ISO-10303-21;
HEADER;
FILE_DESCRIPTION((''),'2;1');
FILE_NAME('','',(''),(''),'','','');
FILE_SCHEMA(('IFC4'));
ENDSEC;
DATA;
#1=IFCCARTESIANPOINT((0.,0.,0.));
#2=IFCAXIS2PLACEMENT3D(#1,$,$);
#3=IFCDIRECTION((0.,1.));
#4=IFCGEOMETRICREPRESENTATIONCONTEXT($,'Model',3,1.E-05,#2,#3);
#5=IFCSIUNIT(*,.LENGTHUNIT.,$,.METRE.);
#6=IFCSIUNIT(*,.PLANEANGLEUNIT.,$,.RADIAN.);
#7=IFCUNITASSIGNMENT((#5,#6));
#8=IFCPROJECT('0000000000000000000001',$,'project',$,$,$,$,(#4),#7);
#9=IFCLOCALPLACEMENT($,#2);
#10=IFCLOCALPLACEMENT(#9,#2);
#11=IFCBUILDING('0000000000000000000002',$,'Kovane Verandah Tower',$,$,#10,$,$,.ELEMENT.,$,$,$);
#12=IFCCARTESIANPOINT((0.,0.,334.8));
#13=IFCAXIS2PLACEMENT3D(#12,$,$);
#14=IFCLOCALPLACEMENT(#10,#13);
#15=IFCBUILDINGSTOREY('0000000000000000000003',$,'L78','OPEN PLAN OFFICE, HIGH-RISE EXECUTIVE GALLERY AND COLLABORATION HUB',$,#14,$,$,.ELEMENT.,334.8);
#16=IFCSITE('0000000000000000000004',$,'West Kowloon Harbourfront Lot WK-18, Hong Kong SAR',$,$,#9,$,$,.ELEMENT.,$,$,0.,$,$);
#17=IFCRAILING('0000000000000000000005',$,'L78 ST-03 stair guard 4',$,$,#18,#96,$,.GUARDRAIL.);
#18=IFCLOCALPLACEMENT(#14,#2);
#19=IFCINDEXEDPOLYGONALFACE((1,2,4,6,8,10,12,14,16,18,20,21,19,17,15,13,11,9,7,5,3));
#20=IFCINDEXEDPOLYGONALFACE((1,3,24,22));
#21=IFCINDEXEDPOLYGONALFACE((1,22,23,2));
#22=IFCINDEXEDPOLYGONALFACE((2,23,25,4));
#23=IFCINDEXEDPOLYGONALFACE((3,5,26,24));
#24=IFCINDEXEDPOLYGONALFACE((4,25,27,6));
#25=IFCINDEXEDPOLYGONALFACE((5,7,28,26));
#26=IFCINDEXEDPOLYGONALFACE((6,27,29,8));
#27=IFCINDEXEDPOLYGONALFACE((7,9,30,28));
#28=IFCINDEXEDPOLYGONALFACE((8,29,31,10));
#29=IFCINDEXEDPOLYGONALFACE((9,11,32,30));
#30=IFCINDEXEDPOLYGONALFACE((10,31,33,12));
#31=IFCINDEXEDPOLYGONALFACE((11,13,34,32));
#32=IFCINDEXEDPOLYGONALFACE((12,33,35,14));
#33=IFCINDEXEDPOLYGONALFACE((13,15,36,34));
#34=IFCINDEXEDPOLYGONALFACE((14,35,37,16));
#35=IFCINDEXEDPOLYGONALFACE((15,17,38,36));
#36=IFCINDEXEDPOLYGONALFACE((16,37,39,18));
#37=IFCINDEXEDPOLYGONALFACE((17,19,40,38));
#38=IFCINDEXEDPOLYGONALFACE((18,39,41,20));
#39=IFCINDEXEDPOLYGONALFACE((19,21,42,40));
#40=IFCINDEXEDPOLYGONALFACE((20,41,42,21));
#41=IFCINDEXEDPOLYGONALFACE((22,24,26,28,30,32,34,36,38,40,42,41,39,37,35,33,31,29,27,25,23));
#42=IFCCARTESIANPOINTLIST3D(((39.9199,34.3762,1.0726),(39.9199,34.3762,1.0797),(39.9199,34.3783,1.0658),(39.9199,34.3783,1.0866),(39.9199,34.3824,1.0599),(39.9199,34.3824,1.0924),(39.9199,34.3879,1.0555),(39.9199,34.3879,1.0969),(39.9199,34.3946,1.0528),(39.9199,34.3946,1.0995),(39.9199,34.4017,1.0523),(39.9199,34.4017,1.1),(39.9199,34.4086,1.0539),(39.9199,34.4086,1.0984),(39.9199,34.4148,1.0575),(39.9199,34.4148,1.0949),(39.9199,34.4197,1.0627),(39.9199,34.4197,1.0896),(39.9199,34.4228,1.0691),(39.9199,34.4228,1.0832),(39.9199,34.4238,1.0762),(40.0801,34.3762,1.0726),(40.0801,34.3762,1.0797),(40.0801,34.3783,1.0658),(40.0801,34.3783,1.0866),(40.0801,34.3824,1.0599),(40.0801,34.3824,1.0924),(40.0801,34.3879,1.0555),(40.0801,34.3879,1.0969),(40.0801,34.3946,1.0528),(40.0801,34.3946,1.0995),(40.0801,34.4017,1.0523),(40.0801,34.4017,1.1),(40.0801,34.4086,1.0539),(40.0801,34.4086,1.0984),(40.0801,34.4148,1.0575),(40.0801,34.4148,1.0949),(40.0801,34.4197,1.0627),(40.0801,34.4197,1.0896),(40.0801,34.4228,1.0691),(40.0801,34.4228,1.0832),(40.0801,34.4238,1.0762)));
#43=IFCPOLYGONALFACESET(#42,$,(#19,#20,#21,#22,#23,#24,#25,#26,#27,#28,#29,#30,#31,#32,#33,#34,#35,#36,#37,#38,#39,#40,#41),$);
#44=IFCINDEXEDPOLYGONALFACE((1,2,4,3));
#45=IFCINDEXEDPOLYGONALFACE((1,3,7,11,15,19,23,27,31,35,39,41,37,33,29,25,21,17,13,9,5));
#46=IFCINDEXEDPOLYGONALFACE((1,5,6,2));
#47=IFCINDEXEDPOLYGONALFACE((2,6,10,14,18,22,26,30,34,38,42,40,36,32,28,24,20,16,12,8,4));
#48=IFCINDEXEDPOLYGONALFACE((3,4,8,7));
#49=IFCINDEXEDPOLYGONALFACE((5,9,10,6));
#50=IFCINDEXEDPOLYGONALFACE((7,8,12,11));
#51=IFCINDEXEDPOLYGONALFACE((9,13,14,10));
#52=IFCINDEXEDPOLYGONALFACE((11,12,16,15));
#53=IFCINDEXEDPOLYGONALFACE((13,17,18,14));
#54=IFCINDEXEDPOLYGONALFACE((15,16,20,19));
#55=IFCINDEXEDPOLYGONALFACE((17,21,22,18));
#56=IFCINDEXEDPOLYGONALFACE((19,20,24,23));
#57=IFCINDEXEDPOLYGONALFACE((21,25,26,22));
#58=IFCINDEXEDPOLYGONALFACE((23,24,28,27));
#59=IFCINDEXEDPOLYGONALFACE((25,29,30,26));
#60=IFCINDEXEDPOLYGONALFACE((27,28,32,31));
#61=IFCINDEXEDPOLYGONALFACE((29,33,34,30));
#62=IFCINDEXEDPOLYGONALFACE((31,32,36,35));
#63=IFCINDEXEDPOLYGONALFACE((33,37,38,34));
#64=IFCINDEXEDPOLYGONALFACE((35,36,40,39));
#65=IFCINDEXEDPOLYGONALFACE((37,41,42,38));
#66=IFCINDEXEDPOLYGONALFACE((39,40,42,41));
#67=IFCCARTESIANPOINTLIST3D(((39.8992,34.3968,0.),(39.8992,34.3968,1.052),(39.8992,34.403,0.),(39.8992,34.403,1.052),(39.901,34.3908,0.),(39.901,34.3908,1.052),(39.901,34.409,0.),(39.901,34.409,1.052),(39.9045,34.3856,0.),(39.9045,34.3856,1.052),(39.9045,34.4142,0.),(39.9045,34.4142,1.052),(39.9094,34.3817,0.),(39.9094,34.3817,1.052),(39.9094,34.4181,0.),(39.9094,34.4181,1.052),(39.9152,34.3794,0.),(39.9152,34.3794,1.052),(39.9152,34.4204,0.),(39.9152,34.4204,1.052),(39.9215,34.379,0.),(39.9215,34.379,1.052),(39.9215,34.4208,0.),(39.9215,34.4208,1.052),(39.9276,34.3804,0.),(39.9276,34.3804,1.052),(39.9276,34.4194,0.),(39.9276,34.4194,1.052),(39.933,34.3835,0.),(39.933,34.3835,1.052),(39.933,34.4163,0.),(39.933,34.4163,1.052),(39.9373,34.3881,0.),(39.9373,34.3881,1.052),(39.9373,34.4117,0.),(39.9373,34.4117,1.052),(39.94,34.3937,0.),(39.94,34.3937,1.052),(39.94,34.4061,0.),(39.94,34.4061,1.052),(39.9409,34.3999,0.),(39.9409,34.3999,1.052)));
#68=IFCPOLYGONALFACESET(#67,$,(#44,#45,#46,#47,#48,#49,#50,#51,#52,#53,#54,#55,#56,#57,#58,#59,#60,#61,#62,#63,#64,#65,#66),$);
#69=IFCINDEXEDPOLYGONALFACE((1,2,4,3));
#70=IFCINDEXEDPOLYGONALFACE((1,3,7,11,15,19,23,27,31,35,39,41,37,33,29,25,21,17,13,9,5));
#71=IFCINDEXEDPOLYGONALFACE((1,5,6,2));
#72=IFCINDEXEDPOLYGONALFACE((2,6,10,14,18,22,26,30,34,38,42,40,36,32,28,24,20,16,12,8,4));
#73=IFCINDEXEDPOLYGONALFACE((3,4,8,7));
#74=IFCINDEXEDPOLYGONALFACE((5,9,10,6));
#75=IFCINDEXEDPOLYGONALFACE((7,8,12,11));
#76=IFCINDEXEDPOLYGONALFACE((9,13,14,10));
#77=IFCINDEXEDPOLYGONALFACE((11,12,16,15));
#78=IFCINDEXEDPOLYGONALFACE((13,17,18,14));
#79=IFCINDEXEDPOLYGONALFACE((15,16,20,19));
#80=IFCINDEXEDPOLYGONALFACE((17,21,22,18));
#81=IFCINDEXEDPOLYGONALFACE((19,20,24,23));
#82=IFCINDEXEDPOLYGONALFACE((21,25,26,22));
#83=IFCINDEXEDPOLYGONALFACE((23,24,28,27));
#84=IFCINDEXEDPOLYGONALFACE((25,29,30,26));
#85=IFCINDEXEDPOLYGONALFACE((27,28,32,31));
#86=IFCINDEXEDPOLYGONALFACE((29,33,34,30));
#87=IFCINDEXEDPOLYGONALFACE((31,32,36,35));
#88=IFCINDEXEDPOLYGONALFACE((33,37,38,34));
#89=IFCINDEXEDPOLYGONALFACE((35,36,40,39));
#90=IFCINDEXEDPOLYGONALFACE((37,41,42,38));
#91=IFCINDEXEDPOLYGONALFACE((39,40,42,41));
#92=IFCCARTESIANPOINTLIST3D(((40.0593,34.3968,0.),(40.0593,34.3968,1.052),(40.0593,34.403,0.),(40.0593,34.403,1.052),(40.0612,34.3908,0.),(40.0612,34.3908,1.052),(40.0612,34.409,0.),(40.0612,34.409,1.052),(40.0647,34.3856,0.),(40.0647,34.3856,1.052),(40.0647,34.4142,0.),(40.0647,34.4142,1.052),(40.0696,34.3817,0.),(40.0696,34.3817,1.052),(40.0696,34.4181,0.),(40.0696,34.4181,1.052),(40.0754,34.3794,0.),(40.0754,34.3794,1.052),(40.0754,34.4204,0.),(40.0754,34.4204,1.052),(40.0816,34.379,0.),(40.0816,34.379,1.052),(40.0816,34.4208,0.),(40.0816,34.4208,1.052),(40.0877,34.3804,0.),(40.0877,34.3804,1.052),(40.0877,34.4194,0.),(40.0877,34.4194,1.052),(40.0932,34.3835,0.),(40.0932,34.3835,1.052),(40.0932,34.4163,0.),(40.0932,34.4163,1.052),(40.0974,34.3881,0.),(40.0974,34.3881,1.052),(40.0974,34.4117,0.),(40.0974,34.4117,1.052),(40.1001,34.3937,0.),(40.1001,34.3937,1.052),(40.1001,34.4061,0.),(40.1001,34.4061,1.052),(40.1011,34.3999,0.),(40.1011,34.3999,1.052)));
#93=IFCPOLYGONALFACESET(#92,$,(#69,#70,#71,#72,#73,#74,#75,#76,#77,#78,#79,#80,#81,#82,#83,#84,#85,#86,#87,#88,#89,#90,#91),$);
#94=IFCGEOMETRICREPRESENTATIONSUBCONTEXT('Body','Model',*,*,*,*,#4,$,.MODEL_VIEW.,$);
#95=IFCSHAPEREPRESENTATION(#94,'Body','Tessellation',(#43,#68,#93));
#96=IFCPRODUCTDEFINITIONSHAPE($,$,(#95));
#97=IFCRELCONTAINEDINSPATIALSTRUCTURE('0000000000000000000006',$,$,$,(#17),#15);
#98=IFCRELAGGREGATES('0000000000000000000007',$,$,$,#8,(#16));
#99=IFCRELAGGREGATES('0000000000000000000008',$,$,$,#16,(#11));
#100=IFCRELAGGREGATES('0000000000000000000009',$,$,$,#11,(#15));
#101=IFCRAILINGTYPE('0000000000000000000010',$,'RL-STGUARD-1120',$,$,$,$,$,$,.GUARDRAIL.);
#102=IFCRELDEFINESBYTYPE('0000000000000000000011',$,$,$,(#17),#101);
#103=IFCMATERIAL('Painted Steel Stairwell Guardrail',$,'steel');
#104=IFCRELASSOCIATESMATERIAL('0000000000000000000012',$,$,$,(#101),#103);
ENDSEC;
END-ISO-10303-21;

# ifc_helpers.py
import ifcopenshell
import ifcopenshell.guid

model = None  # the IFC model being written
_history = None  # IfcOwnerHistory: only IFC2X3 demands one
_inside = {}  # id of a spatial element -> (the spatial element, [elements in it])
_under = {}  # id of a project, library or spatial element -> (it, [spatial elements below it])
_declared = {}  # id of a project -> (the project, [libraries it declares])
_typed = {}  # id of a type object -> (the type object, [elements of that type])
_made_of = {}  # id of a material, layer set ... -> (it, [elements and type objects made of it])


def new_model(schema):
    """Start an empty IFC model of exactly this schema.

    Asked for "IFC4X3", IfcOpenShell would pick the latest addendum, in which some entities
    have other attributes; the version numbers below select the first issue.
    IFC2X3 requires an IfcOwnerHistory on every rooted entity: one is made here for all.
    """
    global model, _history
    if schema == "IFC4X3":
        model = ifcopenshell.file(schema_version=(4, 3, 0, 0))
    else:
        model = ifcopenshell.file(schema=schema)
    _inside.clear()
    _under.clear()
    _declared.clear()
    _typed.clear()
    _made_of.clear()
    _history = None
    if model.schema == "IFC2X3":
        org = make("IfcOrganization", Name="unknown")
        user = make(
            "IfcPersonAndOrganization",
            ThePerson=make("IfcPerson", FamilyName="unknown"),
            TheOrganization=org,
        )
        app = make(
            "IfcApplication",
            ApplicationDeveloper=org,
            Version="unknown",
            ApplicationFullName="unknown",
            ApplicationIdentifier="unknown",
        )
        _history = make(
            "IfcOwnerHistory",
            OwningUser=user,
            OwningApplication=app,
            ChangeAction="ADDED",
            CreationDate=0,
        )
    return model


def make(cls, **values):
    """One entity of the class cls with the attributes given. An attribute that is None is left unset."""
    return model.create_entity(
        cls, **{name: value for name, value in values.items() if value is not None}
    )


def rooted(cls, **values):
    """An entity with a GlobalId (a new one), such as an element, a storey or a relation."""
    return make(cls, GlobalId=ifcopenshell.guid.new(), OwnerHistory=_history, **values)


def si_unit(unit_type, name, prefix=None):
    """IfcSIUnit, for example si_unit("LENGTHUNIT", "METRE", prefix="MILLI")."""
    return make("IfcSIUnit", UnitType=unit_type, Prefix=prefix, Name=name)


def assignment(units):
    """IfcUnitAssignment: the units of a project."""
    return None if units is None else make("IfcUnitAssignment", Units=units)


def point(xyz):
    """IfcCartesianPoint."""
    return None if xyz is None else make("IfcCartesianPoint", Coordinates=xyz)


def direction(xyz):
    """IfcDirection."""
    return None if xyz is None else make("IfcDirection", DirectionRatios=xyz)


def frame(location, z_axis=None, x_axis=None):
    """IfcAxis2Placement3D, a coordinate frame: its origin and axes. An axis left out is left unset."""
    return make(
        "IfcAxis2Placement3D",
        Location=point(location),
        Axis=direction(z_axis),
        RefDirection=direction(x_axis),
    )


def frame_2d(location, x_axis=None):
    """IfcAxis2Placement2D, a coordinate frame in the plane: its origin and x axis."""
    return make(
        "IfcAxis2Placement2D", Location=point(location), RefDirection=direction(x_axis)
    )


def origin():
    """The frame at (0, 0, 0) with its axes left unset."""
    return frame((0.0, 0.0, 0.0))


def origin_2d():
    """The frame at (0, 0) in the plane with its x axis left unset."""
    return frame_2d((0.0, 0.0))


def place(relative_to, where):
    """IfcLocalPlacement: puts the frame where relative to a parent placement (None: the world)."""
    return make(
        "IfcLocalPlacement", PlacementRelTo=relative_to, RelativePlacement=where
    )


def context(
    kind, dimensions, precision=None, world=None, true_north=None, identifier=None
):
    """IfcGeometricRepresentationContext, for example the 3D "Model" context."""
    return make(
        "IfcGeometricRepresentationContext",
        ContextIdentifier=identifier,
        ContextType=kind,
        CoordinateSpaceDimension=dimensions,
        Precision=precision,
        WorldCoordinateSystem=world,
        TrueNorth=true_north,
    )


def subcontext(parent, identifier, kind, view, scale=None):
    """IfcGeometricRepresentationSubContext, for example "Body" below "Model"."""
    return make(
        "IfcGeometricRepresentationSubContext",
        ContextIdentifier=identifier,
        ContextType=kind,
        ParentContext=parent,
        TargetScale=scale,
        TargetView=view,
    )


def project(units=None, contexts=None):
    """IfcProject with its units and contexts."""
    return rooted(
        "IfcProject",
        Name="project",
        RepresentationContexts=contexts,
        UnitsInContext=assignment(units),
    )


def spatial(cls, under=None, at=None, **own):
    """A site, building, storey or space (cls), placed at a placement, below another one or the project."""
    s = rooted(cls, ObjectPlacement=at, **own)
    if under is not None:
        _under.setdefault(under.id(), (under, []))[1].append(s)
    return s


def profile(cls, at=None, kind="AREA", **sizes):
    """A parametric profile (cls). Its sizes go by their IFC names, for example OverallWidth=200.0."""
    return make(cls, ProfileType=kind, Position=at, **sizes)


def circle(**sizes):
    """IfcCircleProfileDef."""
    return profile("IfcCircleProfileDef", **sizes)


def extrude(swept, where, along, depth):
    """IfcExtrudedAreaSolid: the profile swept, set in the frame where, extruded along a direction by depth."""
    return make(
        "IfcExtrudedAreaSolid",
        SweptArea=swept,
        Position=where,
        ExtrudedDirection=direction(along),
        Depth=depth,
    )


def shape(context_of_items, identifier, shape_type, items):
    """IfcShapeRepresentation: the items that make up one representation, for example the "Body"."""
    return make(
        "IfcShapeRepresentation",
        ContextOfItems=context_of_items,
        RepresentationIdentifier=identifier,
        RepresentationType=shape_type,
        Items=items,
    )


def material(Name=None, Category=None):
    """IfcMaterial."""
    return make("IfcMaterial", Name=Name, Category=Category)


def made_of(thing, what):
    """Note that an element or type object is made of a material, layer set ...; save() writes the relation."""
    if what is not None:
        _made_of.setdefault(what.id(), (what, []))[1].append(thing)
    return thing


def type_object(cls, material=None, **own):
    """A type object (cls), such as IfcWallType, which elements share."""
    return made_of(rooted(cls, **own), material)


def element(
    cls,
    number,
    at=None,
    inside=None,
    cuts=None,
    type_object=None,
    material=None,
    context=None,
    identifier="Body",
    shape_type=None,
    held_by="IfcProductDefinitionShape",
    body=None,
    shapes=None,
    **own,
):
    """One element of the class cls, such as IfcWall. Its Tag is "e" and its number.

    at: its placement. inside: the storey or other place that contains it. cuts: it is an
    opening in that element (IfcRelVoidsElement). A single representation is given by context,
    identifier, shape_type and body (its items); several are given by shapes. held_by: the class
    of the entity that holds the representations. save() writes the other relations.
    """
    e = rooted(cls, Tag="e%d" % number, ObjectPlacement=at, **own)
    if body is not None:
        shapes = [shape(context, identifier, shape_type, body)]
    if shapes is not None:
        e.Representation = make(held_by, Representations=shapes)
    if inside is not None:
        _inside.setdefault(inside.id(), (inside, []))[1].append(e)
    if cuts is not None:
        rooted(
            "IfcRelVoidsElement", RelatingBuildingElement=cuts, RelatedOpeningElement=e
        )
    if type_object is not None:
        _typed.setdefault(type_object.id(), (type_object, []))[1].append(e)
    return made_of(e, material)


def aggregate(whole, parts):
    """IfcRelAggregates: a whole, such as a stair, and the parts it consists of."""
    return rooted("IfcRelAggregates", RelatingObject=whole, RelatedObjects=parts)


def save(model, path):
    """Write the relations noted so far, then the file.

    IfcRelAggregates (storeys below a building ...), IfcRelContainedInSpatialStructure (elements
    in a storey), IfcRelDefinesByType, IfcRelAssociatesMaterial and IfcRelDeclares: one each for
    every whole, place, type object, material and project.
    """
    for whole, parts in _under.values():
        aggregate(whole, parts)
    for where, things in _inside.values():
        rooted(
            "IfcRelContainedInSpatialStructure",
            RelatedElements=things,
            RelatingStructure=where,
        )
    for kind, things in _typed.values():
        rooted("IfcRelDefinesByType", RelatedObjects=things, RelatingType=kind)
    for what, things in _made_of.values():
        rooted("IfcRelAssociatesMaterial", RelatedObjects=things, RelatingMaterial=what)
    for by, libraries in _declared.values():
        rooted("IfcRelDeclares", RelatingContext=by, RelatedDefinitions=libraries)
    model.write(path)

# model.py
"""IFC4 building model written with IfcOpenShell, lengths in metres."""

from ifc_helpers import new_model, si_unit, direction, frame, origin, origin_2d, place, context, subcontext, project, spatial, circle, extrude, material, type_object, element, save


model = new_model("IFC4")

# Units and contexts
model_context = context("Model", 3, precision=1e-05, world=origin(), true_north=direction((0.0, 1.0)))
body_context = subcontext(model_context, "Body", "Model", "MODEL_VIEW")
ifc_project = project(units=[si_unit("LENGTHUNIT", "METRE"), si_unit("PLANEANGLEUNIT", "RADIAN")], contexts=[model_context])

# Site, building, storey
site_placement = place(None, origin())
site = spatial("IfcSite", under=ifc_project, at=site_placement, Name="West Kowloon Harbourfront Lot WK-18, Hong Kong SAR", CompositionType="ELEMENT", RefElevation=0.0)
building_placement = place(site_placement, origin())
building = spatial("IfcBuilding", under=site, at=building_placement, Name="Kovane Verandah Tower", CompositionType="ELEMENT")
storey_placement = place(building_placement, frame((0.0, 0.0, 334.8)))
storey = spatial("IfcBuildingStorey", under=building, at=storey_placement, Name="L78", Description="OPEN PLAN OFFICE, HIGH-RISE EXECUTIVE GALLERY AND COLLABORATION HUB", CompositionType="ELEMENT", Elevation=334.8)

# Railing
ifc_material_1 = material(Name="Painted Steel Stairwell Guardrail", Category="steel")
railing_type_1 = type_object("IfcRailingType", Name="RL-STGUARD-1120", PredefinedType="GUARDRAIL", material=ifc_material_1)
railing_1_placement = place(storey_placement, frame((39.9199, 34.3999, 0.0)))
element("IfcRailing", 1, at=railing_1_placement, inside=storey, type_object=railing_type_1, Name="L78 ST-03 stair guard 4", PredefinedType="GUARDRAIL", context=body_context, shape_type="SweptSolid", body=[
    extrude(circle(Radius=0.0239, at=origin_2d()), frame((0.0, 0.0, 1.0762), z_axis=(1.0, 0.0, 0.0), x_axis=(0.0, 1.0, 0.0)), (0.0, 0.0, 1.0), 0.1602),
    extrude(circle(Radius=0.021, at=origin_2d()), origin(), (0.0, 0.0, 1.0), 1.052),
    extrude(circle(Radius=0.021, at=origin_2d()), frame((0.1602, 0.0, 0.0)), (0.0, 0.0, 1.0), 1.052),
])

save(model, "model.ifc")
